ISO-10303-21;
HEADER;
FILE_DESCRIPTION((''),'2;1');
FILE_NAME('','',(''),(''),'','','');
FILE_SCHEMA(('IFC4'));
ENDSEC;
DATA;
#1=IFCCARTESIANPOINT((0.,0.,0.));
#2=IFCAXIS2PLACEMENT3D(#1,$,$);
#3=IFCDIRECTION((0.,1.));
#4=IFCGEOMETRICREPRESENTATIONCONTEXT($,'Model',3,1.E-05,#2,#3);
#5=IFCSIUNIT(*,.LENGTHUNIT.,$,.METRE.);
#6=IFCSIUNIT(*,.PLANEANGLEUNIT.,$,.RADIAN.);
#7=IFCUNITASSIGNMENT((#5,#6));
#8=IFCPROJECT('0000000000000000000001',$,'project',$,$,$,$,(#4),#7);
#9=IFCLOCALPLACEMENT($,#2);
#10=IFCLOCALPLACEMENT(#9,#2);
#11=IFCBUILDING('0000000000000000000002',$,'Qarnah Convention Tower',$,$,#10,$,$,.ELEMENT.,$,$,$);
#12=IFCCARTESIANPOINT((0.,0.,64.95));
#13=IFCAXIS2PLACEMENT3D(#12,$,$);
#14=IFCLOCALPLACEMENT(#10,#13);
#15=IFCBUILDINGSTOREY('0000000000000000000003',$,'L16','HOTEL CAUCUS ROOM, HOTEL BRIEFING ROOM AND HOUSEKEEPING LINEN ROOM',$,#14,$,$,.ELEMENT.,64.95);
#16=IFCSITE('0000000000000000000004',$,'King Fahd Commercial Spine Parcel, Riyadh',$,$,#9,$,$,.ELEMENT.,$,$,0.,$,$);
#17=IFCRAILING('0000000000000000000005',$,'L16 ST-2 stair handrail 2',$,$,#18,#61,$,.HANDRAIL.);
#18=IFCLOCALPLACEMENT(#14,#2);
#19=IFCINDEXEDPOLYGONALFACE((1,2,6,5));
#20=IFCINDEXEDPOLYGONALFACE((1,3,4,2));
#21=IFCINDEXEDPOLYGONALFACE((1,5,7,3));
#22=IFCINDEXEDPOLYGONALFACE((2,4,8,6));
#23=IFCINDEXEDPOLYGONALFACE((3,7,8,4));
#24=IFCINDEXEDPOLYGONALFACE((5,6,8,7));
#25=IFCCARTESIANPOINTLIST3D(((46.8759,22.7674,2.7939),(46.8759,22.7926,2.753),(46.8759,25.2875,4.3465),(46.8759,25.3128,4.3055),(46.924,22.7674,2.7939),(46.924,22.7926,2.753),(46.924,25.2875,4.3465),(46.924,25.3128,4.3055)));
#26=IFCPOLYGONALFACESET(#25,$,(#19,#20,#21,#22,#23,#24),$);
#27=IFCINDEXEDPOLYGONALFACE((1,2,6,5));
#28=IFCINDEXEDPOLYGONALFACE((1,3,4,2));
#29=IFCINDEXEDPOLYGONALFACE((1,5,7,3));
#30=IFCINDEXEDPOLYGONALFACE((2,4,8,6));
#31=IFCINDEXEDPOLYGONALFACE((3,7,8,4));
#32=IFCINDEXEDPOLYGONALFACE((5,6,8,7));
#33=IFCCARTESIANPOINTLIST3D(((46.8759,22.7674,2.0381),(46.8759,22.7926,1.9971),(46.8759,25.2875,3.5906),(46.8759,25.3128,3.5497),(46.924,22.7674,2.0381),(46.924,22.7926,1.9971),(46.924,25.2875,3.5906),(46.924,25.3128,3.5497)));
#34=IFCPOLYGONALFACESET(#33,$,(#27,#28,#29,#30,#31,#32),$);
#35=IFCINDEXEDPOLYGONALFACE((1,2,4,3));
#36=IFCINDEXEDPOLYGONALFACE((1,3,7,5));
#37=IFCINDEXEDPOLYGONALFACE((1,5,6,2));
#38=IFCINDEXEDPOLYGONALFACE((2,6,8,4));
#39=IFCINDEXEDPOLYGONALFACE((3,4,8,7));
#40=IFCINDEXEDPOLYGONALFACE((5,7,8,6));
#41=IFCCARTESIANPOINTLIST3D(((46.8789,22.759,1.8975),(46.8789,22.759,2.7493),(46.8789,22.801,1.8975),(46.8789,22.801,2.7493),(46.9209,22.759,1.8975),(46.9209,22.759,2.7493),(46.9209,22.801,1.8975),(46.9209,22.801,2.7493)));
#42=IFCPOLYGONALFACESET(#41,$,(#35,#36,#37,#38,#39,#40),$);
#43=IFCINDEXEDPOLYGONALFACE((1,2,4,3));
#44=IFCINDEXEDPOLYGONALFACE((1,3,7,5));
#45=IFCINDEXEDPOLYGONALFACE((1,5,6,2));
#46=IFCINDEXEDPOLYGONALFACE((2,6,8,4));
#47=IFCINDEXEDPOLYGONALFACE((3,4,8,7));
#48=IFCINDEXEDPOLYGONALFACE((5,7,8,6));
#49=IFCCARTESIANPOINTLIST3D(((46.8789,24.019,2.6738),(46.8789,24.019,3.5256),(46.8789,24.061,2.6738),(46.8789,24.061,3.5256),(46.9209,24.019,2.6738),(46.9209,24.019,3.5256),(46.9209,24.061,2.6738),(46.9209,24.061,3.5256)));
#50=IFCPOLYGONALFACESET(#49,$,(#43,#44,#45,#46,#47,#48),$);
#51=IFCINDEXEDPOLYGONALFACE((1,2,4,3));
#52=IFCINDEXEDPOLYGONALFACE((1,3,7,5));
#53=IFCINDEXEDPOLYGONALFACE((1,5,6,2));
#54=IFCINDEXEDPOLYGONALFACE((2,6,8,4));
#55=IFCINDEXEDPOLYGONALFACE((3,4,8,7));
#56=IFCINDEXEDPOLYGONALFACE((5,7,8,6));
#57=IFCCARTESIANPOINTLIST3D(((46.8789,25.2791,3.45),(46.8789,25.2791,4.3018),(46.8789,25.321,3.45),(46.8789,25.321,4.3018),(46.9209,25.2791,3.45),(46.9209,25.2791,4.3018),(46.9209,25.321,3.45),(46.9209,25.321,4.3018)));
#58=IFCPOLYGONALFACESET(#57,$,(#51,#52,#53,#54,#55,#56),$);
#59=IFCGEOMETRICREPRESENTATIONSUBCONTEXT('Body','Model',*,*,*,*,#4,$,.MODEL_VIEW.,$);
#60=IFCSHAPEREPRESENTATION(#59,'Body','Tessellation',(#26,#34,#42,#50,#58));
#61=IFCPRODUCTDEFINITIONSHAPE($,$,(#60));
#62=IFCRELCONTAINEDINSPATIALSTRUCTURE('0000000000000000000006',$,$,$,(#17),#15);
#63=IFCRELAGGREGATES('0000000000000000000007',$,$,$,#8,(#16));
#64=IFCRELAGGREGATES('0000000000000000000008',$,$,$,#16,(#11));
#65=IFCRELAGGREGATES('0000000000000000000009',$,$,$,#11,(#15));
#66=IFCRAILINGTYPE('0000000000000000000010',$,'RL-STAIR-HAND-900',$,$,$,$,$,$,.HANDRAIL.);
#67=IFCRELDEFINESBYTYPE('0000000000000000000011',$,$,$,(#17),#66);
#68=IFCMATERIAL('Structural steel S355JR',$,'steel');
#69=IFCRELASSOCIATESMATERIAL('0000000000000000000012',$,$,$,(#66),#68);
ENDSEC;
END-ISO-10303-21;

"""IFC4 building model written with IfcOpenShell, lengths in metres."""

from ifc_helpers import new_model, si_unit, direction, frame, origin, origin_2d, place, context, subcontext, project, spatial, rectangle, extrude, material, type_object, element, save


model = new_model("IFC4")

# Units and contexts
model_context = context("Model", 3, precision=1e-05, world=origin(), true_north=direction((0.0, 1.0)))
body_context = subcontext(model_context, "Body", "Model", "MODEL_VIEW")
ifc_project = project(units=[si_unit("LENGTHUNIT", "METRE"), si_unit("PLANEANGLEUNIT", "RADIAN")], contexts=[model_context])

# Site, building, storey
site_placement = place(None, origin())
site = spatial("IfcSite", under=ifc_project, at=site_placement, Name="King Fahd Commercial Spine Parcel, Riyadh", CompositionType="ELEMENT", RefElevation=0.0)
building_placement = place(site_placement, origin())
building = spatial("IfcBuilding", under=site, at=building_placement, Name="Qarnah Convention Tower", CompositionType="ELEMENT")
storey_placement = place(building_placement, frame((0.0, 0.0, 64.95)))
storey = spatial("IfcBuildingStorey", under=building, at=storey_placement, Name="L16", Description="HOTEL CAUCUS ROOM, HOTEL BRIEFING ROOM AND HOUSEKEEPING LINEN ROOM", CompositionType="ELEMENT", Elevation=64.95)

# Shared definitions
ifc_material_1 = material(Name="Structural steel S355JR", Category="steel")

# Railing
railing_type_1 = type_object("IfcRailingType", Name="RL-STAIR-HAND-900", PredefinedType="HANDRAIL", material=ifc_material_1)
railing_1_placement = place(storey_placement, frame((46.8999, 22.78, 1.8975)))
element("IfcRailing", 1, at=railing_1_placement, inside=storey, type_object=railing_type_1, Name="L16 ST-2 stair handrail 2", PredefinedType="HANDRAIL", context=body_context, shape_type="SweptSolid", body=[
    extrude(rectangle(XDim=0.0481, YDim=0.0481, at=origin_2d()), frame((0.0, 0.0, 0.876), z_axis=(0.0, 0.8514, 0.524516), x_axis=(-1.0, 0.0, 0.0)), (0.0, 0.0, 1.0), 2.96),
    extrude(rectangle(XDim=0.0481, YDim=0.0481, at=origin_2d()), frame((0.0, 0.0, 0.1201), z_axis=(0.0, 0.8514, 0.524516), x_axis=(-1.0, 0.0, 0.0)), (0.0, 0.0, 1.0), 2.96),
    extrude(rectangle(XDim=0.042, YDim=0.042, at=origin_2d()), origin(), (0.0, 0.0, 1.0), 0.8518),
    extrude(rectangle(XDim=0.042, YDim=0.042, at=origin_2d()), frame((0.0, 1.26, 0.7764)), (0.0, 0.0, 1.0), 0.8518),
    extrude(rectangle(XDim=0.042, YDim=0.042, at=origin_2d()), frame((0.0, 2.52, 1.5525)), (0.0, 0.0, 1.0), 0.8518),
])

save(model, "model.ifc")
